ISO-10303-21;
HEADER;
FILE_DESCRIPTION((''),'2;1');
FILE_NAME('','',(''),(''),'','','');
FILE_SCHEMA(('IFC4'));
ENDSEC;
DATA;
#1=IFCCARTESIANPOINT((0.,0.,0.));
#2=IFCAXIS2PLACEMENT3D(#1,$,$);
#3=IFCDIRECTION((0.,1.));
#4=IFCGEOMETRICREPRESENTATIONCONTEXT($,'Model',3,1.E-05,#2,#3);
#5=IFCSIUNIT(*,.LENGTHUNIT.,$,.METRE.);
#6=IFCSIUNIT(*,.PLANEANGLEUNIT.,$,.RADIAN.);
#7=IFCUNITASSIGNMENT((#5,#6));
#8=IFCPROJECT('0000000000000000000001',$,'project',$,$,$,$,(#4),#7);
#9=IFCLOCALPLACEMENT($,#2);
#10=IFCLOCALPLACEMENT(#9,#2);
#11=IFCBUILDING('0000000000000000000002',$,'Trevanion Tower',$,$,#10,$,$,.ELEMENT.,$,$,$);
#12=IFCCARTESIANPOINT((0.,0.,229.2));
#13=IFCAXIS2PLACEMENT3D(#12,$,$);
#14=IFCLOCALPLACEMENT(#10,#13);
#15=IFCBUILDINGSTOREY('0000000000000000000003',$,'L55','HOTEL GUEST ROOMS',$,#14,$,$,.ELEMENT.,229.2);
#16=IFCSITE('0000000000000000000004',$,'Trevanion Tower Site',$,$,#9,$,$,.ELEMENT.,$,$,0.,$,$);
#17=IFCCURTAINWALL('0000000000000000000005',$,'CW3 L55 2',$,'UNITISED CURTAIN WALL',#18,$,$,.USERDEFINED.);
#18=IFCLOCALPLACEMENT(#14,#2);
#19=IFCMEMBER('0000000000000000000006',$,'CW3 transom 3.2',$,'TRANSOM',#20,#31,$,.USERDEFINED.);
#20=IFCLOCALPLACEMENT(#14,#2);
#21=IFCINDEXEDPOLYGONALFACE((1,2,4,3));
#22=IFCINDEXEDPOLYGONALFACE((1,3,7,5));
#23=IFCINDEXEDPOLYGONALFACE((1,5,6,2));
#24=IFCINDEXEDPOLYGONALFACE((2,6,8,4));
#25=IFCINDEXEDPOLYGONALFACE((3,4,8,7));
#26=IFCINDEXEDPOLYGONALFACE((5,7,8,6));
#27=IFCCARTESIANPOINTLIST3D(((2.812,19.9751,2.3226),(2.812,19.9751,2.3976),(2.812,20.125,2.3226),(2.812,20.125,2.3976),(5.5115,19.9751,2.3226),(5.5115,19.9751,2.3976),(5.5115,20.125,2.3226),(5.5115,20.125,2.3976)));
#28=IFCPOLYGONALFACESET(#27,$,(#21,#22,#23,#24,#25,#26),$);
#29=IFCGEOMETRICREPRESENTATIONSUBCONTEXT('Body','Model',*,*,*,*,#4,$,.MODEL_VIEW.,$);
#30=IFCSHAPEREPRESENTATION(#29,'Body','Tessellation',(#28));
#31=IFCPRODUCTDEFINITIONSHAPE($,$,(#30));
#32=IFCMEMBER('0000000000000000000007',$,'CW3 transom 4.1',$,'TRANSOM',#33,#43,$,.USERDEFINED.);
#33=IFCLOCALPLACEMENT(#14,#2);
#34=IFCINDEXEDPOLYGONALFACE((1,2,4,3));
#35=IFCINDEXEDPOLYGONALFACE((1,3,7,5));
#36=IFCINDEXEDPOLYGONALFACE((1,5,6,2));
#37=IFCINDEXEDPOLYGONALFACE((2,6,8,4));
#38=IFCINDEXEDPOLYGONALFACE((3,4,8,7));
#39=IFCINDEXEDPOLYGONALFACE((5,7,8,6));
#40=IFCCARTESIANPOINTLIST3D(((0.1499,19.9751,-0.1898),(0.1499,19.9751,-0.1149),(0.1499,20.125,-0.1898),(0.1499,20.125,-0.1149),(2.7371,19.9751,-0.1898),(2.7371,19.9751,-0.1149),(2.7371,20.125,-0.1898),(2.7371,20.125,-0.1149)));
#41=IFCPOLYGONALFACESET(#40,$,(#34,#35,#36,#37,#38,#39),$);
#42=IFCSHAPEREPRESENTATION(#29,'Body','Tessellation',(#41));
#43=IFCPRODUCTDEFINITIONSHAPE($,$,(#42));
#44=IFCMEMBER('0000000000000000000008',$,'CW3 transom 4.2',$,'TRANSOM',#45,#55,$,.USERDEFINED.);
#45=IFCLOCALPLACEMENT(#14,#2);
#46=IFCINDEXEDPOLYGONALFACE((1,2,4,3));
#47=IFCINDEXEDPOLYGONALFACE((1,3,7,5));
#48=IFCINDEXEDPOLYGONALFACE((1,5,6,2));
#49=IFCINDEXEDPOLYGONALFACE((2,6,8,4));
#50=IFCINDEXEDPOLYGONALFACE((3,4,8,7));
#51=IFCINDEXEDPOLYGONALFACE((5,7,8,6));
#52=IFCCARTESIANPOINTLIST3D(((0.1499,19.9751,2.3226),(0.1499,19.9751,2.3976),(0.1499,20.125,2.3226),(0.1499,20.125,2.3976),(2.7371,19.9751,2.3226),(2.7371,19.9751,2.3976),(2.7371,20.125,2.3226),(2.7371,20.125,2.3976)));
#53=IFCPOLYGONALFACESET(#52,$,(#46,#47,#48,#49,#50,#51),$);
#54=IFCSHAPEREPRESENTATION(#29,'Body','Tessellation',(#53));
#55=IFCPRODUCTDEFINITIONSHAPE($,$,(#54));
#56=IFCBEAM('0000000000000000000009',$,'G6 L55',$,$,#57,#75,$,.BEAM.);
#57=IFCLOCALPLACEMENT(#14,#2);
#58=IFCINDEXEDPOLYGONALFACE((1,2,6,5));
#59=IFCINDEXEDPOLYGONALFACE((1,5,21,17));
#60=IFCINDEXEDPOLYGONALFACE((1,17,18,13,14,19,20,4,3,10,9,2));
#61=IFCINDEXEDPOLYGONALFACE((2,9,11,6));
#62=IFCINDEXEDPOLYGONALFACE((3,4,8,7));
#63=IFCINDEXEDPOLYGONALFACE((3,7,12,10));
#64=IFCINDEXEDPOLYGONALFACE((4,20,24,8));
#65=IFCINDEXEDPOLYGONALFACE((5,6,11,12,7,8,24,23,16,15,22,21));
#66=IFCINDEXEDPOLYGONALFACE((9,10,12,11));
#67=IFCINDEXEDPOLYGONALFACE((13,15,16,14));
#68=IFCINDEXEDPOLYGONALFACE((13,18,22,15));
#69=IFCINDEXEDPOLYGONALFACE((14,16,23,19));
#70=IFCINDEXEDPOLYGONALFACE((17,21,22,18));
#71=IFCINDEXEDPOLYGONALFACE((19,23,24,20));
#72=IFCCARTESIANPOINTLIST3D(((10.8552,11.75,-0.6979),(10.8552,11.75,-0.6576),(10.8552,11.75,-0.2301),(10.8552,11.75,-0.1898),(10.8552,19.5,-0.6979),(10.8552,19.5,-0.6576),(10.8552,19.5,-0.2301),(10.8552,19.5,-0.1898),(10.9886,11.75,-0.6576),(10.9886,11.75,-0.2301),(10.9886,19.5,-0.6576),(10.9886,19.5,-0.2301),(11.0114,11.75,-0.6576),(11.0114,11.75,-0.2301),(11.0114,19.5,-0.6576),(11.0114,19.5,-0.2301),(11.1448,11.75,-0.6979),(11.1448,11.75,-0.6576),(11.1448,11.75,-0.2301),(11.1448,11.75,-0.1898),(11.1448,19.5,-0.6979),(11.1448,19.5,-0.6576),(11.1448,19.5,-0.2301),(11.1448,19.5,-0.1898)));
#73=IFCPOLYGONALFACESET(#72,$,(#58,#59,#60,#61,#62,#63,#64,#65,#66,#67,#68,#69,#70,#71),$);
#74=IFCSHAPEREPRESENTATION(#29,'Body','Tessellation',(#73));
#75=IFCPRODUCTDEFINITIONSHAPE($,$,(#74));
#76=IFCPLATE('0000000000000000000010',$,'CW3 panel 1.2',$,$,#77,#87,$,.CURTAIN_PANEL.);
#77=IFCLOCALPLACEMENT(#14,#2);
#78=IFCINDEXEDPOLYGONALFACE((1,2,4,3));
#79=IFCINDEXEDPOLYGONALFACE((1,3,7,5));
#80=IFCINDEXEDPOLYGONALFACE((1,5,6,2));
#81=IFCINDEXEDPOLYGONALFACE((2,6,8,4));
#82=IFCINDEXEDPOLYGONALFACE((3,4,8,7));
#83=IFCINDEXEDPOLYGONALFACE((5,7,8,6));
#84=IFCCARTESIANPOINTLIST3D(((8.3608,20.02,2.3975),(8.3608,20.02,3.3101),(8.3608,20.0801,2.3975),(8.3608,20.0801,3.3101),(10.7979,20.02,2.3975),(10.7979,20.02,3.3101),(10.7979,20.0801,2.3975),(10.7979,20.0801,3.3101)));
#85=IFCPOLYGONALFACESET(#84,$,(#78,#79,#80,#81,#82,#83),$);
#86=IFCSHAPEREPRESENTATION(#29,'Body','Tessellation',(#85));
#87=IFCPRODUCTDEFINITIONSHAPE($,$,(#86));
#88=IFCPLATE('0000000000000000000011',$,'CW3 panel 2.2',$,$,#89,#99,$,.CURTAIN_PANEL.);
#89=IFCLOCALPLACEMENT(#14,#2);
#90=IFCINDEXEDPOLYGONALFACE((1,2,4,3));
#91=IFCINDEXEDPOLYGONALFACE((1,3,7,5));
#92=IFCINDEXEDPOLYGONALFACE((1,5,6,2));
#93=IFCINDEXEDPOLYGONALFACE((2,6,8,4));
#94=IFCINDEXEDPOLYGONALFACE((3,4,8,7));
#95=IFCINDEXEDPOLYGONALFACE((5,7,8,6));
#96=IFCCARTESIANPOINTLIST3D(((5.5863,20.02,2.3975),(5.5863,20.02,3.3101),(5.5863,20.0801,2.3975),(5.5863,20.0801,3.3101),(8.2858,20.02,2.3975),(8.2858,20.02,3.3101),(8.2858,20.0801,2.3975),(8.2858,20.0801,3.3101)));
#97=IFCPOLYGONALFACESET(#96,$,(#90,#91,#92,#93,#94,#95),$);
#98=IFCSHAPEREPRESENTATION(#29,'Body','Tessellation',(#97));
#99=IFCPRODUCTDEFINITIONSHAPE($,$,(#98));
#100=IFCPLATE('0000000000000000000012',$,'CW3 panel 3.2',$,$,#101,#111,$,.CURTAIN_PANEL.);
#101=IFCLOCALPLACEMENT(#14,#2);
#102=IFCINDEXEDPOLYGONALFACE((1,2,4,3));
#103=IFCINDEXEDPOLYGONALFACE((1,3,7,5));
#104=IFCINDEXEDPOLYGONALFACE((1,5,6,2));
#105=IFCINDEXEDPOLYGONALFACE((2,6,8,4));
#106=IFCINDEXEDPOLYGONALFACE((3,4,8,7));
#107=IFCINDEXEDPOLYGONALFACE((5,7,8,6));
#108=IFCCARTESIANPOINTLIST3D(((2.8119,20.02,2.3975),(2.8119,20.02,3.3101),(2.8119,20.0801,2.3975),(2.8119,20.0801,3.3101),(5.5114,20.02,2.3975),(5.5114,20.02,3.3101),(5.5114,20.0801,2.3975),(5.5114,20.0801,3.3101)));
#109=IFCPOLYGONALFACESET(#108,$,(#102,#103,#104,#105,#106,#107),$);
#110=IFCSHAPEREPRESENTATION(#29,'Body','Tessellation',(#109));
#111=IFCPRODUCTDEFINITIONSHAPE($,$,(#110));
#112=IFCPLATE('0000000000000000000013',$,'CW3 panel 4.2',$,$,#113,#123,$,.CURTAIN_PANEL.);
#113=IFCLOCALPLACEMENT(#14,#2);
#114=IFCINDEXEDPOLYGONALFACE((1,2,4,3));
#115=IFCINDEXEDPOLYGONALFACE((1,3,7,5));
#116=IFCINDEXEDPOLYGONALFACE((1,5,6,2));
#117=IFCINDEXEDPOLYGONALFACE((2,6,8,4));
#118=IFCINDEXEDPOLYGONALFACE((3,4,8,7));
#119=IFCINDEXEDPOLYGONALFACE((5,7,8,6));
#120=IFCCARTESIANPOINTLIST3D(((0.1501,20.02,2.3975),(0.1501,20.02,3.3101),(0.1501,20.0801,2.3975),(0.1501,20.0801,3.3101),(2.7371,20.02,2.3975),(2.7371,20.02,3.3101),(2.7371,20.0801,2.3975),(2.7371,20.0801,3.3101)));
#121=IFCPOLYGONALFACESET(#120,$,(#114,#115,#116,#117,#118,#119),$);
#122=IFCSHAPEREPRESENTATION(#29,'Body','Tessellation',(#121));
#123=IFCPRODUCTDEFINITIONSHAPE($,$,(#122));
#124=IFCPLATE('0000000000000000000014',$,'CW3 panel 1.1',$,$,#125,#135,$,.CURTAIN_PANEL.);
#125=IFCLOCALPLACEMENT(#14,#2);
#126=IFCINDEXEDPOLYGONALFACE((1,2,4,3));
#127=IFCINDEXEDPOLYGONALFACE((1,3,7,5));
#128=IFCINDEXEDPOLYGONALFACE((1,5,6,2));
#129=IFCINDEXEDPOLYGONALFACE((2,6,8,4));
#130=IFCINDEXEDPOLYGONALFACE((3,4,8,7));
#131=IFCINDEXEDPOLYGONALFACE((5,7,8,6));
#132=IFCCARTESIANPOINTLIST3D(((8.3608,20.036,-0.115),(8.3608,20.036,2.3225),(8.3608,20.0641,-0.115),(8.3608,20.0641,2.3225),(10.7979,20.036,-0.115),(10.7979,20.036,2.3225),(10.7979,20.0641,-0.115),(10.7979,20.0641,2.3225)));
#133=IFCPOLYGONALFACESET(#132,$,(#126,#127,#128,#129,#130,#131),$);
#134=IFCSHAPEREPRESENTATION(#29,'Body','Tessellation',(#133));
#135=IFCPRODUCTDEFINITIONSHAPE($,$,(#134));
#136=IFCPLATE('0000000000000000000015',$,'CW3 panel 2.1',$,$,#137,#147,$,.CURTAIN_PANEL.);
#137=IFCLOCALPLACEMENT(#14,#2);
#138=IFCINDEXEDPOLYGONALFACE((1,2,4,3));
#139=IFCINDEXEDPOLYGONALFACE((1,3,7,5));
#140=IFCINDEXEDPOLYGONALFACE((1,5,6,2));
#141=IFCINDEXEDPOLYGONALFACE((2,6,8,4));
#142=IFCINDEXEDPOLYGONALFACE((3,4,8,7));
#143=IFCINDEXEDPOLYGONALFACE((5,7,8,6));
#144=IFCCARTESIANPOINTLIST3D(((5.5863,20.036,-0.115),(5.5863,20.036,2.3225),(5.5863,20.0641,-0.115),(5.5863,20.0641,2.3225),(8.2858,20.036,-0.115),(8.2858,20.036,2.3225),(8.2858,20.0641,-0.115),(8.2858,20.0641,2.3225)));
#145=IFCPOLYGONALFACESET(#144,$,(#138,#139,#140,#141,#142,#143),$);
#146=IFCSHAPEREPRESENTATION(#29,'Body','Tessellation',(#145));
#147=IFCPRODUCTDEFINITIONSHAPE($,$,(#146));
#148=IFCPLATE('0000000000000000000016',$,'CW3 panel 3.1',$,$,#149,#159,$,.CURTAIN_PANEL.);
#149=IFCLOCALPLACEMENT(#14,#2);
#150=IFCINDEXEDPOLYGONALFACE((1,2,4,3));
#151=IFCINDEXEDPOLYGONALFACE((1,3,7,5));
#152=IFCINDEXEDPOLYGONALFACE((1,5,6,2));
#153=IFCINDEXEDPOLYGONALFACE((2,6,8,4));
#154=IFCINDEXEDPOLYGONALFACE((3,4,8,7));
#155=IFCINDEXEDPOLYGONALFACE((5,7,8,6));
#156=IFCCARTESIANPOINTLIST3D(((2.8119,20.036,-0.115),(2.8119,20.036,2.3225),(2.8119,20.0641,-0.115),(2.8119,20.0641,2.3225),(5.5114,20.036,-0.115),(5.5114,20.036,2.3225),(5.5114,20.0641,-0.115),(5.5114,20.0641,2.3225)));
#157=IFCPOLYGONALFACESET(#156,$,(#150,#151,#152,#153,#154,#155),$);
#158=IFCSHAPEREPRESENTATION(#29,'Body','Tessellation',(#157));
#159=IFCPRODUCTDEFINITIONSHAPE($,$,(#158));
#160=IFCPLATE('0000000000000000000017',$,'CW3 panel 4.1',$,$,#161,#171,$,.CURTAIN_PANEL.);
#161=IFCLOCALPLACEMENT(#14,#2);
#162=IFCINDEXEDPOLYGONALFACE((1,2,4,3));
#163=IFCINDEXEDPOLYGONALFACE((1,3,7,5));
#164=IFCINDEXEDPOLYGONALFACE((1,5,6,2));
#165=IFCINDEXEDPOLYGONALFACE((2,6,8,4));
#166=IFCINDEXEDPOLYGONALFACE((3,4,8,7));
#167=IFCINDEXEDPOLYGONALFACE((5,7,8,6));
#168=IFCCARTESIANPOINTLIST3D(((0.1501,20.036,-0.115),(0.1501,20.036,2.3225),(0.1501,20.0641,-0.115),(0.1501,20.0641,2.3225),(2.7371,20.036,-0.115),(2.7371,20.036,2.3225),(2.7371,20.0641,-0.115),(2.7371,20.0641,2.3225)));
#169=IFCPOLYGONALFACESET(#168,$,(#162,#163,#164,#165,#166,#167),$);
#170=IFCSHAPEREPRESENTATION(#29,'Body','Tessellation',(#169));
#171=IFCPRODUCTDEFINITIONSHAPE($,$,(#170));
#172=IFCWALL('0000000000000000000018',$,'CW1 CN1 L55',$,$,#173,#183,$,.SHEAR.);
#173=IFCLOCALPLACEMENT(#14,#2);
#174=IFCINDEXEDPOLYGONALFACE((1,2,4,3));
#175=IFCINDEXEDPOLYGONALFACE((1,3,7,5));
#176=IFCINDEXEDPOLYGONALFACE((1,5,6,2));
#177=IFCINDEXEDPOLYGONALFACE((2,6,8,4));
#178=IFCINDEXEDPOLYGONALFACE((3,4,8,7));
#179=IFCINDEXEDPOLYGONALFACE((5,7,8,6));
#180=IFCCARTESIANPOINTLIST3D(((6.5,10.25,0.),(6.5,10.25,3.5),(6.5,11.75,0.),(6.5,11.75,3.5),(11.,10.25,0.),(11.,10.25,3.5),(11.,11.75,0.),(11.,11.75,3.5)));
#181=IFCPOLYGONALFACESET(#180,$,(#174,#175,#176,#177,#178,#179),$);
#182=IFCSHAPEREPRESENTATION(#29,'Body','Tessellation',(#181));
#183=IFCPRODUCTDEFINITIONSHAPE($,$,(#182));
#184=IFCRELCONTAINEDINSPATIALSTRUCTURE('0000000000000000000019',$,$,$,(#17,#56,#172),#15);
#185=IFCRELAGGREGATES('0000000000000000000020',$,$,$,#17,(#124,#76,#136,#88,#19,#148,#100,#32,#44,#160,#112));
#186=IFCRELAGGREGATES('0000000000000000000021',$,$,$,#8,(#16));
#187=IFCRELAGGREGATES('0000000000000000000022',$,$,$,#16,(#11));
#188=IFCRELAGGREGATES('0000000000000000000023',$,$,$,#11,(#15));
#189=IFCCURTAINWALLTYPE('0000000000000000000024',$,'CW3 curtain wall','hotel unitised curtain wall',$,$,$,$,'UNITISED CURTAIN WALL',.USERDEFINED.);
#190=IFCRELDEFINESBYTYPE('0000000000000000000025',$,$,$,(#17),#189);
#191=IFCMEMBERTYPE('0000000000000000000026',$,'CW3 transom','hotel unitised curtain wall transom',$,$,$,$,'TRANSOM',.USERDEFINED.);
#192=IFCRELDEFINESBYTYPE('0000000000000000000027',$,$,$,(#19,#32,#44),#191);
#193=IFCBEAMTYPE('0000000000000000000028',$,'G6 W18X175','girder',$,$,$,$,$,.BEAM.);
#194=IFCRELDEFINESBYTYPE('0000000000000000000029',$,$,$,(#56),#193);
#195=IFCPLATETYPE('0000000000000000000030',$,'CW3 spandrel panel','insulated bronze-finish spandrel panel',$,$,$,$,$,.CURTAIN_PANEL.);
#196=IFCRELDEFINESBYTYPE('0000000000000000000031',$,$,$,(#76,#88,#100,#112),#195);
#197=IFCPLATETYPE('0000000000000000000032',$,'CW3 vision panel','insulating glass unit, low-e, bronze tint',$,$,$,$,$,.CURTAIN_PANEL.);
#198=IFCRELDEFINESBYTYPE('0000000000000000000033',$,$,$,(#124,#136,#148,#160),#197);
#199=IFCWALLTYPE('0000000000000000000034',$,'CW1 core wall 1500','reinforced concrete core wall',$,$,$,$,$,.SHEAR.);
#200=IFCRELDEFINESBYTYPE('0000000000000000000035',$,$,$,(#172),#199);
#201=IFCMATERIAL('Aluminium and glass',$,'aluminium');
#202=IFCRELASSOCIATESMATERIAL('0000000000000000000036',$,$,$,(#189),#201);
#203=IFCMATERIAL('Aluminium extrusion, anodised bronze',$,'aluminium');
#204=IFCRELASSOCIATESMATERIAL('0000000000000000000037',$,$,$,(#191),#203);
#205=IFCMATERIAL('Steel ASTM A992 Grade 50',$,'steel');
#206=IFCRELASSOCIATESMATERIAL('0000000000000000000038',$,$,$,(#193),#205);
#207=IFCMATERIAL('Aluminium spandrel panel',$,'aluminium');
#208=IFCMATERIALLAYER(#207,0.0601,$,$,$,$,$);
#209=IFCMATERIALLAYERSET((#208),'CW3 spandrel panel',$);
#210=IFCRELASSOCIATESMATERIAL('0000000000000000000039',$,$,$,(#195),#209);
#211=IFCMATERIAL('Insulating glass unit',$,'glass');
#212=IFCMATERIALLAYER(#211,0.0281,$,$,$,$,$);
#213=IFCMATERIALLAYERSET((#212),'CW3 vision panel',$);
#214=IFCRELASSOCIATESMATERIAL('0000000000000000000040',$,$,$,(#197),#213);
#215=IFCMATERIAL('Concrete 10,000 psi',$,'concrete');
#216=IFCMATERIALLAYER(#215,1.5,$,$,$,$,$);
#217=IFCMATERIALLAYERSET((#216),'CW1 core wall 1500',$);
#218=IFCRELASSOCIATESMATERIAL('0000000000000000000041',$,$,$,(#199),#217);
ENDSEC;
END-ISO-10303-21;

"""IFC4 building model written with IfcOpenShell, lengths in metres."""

from ifc_helpers import new_model, si_unit, direction, frame, frame_2d, origin, origin_2d, place, context, subcontext, project, spatial, rectangle, i_section, extrude, material, layer, layer_set, material_profile, profile_set, type_object, element, aggregate, save


model = new_model("IFC4")

# Units and contexts
model_context = context("Model", 3, precision=1e-05, world=origin(), true_north=direction((0.0, 1.0)))
body_context = subcontext(model_context, "Body", "Model", "MODEL_VIEW")
ifc_project = project(units=[si_unit("LENGTHUNIT", "METRE"), si_unit("PLANEANGLEUNIT", "RADIAN")], contexts=[model_context])

# Site, building, storey
site_placement = place(None, origin())
site = spatial("IfcSite", under=ifc_project, at=site_placement, Name="Trevanion Tower Site", CompositionType="ELEMENT", RefElevation=0.0)
building_placement = place(site_placement, origin())
building = spatial("IfcBuilding", under=site, at=building_placement, Name="Trevanion Tower", CompositionType="ELEMENT")
storey_placement = place(building_placement, frame((0.0, 0.0, 229.2)))
storey = spatial("IfcBuildingStorey", under=building, at=storey_placement, Name="L55", Description="HOTEL GUEST ROOMS", CompositionType="ELEMENT", Elevation=229.2)

# Curtain wall, members
ifc_material_1 = material(Name="Aluminium and glass", Category="aluminium")
curtain_wall_type = type_object("IfcCurtainWallType", Name="CW3 curtain wall", Description="hotel unitised curtain wall", ElementType="UNITISED CURTAIN WALL", PredefinedType="USERDEFINED", material=ifc_material_1)
curtain_wall_placement = place(storey_placement, origin())
curtain_wall = element("IfcCurtainWall", 1, at=curtain_wall_placement, inside=storey, type_object=curtain_wall_type, Name="CW3 L55 2", ObjectType="UNITISED CURTAIN WALL", PredefinedType="USERDEFINED")
ifc_material_2 = material(Name="Aluminium extrusion, anodised bronze", Category="aluminium")
ifc_material_profile_1 = material_profile(ifc_material_2, rectangle(XDim=0.1499, YDim=0.075, at=origin_2d()), Name="CW3 transom")
ifc_profile_set_1 = profile_set([ifc_material_profile_1], Name="Aluminium extrusion, anodised bronze")
member_type_1 = type_object("IfcMemberType", Name="CW3 transom", Description="hotel unitised curtain wall transom", ElementType="TRANSOM", PredefinedType="USERDEFINED", material=ifc_profile_set_1)
member_1_placement = place(storey_placement, frame((5.5115, 20.05, 2.3601), z_axis=(-1.0, 0.0, 0.0), x_axis=(0.0, -1.0, 0.0)))
member_1 = element("IfcMember", 2, at=member_1_placement, type_object=member_type_1, Name="CW3 transom 3.2", ObjectType="TRANSOM", PredefinedType="USERDEFINED", context=body_context, shape_type="SweptSolid", body=[
    extrude(rectangle(XDim=0.1499, YDim=0.075, at=origin_2d()), origin(), (0.0, 0.0, 1.0), 2.6995),
])
member_2_placement = place(storey_placement, frame((2.7371, 20.05, -0.1523), z_axis=(-1.0, 0.0, 0.0), x_axis=(0.0, -1.0, 0.0)))
member_2 = element("IfcMember", 3, at=member_2_placement, type_object=member_type_1, Name="CW3 transom 4.1", ObjectType="TRANSOM", PredefinedType="USERDEFINED", context=body_context, shape_type="SweptSolid", body=[
    extrude(rectangle(XDim=0.1499, YDim=0.075, at=origin_2d()), origin(), (0.0, 0.0, 1.0), 2.5872),
])
member_3_placement = place(storey_placement, frame((2.7371, 20.05, 2.3601), z_axis=(-1.0, 0.0, 0.0), x_axis=(0.0, -1.0, 0.0)))
member_3 = element("IfcMember", 4, at=member_3_placement, type_object=member_type_1, Name="CW3 transom 4.2", ObjectType="TRANSOM", PredefinedType="USERDEFINED", context=body_context, shape_type="SweptSolid", body=[
    extrude(rectangle(XDim=0.1499, YDim=0.075, at=origin_2d()), origin(), (0.0, 0.0, 1.0), 2.5872),
])

# Beam
ifc_material_3 = material(Name="Steel ASTM A992 Grade 50", Category="steel")
ifc_material_profile_2 = material_profile(ifc_material_3, i_section(OverallWidth=0.2896, OverallDepth=0.5081, WebThickness=0.0227, FlangeThickness=0.0403, at=origin_2d()), Name="W18X175")
ifc_profile_set_2 = profile_set([ifc_material_profile_2], Name="Steel ASTM A992 Grade 50")
beam_type_1 = type_object("IfcBeamType", Name="G6 W18X175", Description="girder", PredefinedType="BEAM", material=ifc_profile_set_2)
beam_placement = place(storey_placement, frame((11.0, 11.75, -0.4438), z_axis=(0.0, 1.0, 0.0), x_axis=(-1.0, 0.0, 0.0)))
element("IfcBeam", 5, at=beam_placement, inside=storey, type_object=beam_type_1, Name="G6 L55", PredefinedType="BEAM", context=body_context, shape_type="SweptSolid", body=[
    extrude(i_section(OverallWidth=0.2896, OverallDepth=0.5081, WebThickness=0.0227, FlangeThickness=0.0403, at=origin_2d()), origin(), (0.0, 0.0, 1.0), 7.75),
])

# Plates
ifc_material_4 = material(Name="Aluminium spandrel panel", Category="aluminium")
ifc_layer_1 = layer(ifc_material_4, 0.0601)
ifc_layer_set_1 = layer_set([ifc_layer_1], Name="CW3 spandrel panel")
plate_type_1 = type_object("IfcPlateType", Name="CW3 spandrel panel", Description="insulated bronze-finish spandrel panel", PredefinedType="CURTAIN_PANEL", material=ifc_layer_set_1)
plate_1_placement = place(storey_placement, frame((9.5793, 20.05, 2.3975), z_axis=(0.0, 0.0, 1.0), x_axis=(-1.0, 0.0, 0.0)))
plate_1 = element("IfcPlate", 6, at=plate_1_placement, type_object=plate_type_1, Name="CW3 panel 1.2", PredefinedType="CURTAIN_PANEL", context=body_context, shape_type="SweptSolid", body=[
    extrude(rectangle(XDim=2.437, YDim=0.0601, at=origin_2d()), origin(), (0.0, 0.0, 1.0), 0.9126),
])
plate_2_placement = place(storey_placement, frame((6.936, 20.05, 2.3975), z_axis=(0.0, 0.0, 1.0), x_axis=(-1.0, 0.0, 0.0)))
plate_2 = element("IfcPlate", 7, at=plate_2_placement, type_object=plate_type_1, Name="CW3 panel 2.2", PredefinedType="CURTAIN_PANEL", context=body_context, shape_type="SweptSolid", body=[
    extrude(rectangle(XDim=2.6995, YDim=0.0601, at=origin_2d()), origin(), (0.0, 0.0, 1.0), 0.9126),
])
plate_3_placement = place(storey_placement, frame((4.1616, 20.05, 2.3975), z_axis=(0.0, 0.0, 1.0), x_axis=(-1.0, 0.0, 0.0)))
plate_3 = element("IfcPlate", 8, at=plate_3_placement, type_object=plate_type_1, Name="CW3 panel 3.2", PredefinedType="CURTAIN_PANEL", context=body_context, shape_type="SweptSolid", body=[
    extrude(rectangle(XDim=2.6995, YDim=0.0601, at=origin_2d()), origin(), (0.0, 0.0, 1.0), 0.9126),
])
plate_4_placement = place(storey_placement, frame((1.4436, 20.05, 2.3975), z_axis=(0.0, 0.0, 1.0), x_axis=(-1.0, 0.0, 0.0)))
plate_4 = element("IfcPlate", 9, at=plate_4_placement, type_object=plate_type_1, Name="CW3 panel 4.2", PredefinedType="CURTAIN_PANEL", context=body_context, shape_type="SweptSolid", body=[
    extrude(rectangle(XDim=2.5869, YDim=0.0601, at=origin_2d()), origin(), (0.0, 0.0, 1.0), 0.9126),
])
ifc_material_5 = material(Name="Insulating glass unit", Category="glass")
ifc_layer_2 = layer(ifc_material_5, 0.0281)
ifc_layer_set_2 = layer_set([ifc_layer_2], Name="CW3 vision panel")
plate_type_2 = type_object("IfcPlateType", Name="CW3 vision panel", Description="insulating glass unit, low-e, bronze tint", PredefinedType="CURTAIN_PANEL", material=ifc_layer_set_2)
plate_5_placement = place(storey_placement, frame((9.5793, 20.05, -0.115), z_axis=(0.0, 0.0, 1.0), x_axis=(-1.0, 0.0, 0.0)))
plate_5 = element("IfcPlate", 10, at=plate_5_placement, type_object=plate_type_2, Name="CW3 panel 1.1", PredefinedType="CURTAIN_PANEL", context=body_context, shape_type="SweptSolid", body=[
    extrude(rectangle(XDim=2.437, YDim=0.0281, at=origin_2d()), origin(), (0.0, 0.0, 1.0), 2.4375),
])
plate_6_placement = place(storey_placement, frame((6.936, 20.05, -0.115), z_axis=(0.0, 0.0, 1.0), x_axis=(-1.0, 0.0, 0.0)))
plate_6 = element("IfcPlate", 11, at=plate_6_placement, type_object=plate_type_2, Name="CW3 panel 2.1", PredefinedType="CURTAIN_PANEL", context=body_context, shape_type="SweptSolid", body=[
    extrude(rectangle(XDim=2.6995, YDim=0.0281, at=origin_2d()), origin(), (0.0, 0.0, 1.0), 2.4375),
])
plate_7_placement = place(storey_placement, frame((4.1616, 20.05, -0.115), z_axis=(0.0, 0.0, 1.0), x_axis=(-1.0, 0.0, 0.0)))
plate_7 = element("IfcPlate", 12, at=plate_7_placement, type_object=plate_type_2, Name="CW3 panel 3.1", PredefinedType="CURTAIN_PANEL", context=body_context, shape_type="SweptSolid", body=[
    extrude(rectangle(XDim=2.6995, YDim=0.0281, at=origin_2d()), origin(), (0.0, 0.0, 1.0), 2.4375),
])
plate_8_placement = place(storey_placement, frame((1.4436, 20.05, -0.115), z_axis=(0.0, 0.0, 1.0), x_axis=(-1.0, 0.0, 0.0)))
plate_8 = element("IfcPlate", 13, at=plate_8_placement, type_object=plate_type_2, Name="CW3 panel 4.1", PredefinedType="CURTAIN_PANEL", context=body_context, shape_type="SweptSolid", body=[
    extrude(rectangle(XDim=2.5869, YDim=0.0281, at=origin_2d()), origin(), (0.0, 0.0, 1.0), 2.4375),
])
aggregate(curtain_wall, [plate_5, plate_1, plate_6, plate_2, member_1, plate_7, plate_3, member_2, member_3, plate_8, plate_4])

# Wall
ifc_material_6 = material(Name="Concrete 10,000 psi", Category="concrete")
ifc_layer_3 = layer(ifc_material_6, 1.5)
ifc_layer_set_3 = layer_set([ifc_layer_3], Name="CW1 core wall 1500")
wall_type_1 = type_object("IfcWallType", Name="CW1 core wall 1500", Description="reinforced concrete core wall", PredefinedType="SHEAR", material=ifc_layer_set_3)
wall_1_placement = place(storey_placement, frame((11.0, 11.0, 0.0), z_axis=(0.0, 0.0, 1.0), x_axis=(-1.0, 0.0, 0.0)))
element("IfcWall", 14, at=wall_1_placement, inside=storey, type_object=wall_type_1, Name="CW1 CN1 L55", PredefinedType="SHEAR", context=body_context, shape_type="SweptSolid", body=[
    extrude(rectangle(XDim=4.5, YDim=1.5, at=frame_2d((2.25, 0.0))), origin(), (0.0, 0.0, 1.0), 3.5),
])

save(model, "model.ifc")
